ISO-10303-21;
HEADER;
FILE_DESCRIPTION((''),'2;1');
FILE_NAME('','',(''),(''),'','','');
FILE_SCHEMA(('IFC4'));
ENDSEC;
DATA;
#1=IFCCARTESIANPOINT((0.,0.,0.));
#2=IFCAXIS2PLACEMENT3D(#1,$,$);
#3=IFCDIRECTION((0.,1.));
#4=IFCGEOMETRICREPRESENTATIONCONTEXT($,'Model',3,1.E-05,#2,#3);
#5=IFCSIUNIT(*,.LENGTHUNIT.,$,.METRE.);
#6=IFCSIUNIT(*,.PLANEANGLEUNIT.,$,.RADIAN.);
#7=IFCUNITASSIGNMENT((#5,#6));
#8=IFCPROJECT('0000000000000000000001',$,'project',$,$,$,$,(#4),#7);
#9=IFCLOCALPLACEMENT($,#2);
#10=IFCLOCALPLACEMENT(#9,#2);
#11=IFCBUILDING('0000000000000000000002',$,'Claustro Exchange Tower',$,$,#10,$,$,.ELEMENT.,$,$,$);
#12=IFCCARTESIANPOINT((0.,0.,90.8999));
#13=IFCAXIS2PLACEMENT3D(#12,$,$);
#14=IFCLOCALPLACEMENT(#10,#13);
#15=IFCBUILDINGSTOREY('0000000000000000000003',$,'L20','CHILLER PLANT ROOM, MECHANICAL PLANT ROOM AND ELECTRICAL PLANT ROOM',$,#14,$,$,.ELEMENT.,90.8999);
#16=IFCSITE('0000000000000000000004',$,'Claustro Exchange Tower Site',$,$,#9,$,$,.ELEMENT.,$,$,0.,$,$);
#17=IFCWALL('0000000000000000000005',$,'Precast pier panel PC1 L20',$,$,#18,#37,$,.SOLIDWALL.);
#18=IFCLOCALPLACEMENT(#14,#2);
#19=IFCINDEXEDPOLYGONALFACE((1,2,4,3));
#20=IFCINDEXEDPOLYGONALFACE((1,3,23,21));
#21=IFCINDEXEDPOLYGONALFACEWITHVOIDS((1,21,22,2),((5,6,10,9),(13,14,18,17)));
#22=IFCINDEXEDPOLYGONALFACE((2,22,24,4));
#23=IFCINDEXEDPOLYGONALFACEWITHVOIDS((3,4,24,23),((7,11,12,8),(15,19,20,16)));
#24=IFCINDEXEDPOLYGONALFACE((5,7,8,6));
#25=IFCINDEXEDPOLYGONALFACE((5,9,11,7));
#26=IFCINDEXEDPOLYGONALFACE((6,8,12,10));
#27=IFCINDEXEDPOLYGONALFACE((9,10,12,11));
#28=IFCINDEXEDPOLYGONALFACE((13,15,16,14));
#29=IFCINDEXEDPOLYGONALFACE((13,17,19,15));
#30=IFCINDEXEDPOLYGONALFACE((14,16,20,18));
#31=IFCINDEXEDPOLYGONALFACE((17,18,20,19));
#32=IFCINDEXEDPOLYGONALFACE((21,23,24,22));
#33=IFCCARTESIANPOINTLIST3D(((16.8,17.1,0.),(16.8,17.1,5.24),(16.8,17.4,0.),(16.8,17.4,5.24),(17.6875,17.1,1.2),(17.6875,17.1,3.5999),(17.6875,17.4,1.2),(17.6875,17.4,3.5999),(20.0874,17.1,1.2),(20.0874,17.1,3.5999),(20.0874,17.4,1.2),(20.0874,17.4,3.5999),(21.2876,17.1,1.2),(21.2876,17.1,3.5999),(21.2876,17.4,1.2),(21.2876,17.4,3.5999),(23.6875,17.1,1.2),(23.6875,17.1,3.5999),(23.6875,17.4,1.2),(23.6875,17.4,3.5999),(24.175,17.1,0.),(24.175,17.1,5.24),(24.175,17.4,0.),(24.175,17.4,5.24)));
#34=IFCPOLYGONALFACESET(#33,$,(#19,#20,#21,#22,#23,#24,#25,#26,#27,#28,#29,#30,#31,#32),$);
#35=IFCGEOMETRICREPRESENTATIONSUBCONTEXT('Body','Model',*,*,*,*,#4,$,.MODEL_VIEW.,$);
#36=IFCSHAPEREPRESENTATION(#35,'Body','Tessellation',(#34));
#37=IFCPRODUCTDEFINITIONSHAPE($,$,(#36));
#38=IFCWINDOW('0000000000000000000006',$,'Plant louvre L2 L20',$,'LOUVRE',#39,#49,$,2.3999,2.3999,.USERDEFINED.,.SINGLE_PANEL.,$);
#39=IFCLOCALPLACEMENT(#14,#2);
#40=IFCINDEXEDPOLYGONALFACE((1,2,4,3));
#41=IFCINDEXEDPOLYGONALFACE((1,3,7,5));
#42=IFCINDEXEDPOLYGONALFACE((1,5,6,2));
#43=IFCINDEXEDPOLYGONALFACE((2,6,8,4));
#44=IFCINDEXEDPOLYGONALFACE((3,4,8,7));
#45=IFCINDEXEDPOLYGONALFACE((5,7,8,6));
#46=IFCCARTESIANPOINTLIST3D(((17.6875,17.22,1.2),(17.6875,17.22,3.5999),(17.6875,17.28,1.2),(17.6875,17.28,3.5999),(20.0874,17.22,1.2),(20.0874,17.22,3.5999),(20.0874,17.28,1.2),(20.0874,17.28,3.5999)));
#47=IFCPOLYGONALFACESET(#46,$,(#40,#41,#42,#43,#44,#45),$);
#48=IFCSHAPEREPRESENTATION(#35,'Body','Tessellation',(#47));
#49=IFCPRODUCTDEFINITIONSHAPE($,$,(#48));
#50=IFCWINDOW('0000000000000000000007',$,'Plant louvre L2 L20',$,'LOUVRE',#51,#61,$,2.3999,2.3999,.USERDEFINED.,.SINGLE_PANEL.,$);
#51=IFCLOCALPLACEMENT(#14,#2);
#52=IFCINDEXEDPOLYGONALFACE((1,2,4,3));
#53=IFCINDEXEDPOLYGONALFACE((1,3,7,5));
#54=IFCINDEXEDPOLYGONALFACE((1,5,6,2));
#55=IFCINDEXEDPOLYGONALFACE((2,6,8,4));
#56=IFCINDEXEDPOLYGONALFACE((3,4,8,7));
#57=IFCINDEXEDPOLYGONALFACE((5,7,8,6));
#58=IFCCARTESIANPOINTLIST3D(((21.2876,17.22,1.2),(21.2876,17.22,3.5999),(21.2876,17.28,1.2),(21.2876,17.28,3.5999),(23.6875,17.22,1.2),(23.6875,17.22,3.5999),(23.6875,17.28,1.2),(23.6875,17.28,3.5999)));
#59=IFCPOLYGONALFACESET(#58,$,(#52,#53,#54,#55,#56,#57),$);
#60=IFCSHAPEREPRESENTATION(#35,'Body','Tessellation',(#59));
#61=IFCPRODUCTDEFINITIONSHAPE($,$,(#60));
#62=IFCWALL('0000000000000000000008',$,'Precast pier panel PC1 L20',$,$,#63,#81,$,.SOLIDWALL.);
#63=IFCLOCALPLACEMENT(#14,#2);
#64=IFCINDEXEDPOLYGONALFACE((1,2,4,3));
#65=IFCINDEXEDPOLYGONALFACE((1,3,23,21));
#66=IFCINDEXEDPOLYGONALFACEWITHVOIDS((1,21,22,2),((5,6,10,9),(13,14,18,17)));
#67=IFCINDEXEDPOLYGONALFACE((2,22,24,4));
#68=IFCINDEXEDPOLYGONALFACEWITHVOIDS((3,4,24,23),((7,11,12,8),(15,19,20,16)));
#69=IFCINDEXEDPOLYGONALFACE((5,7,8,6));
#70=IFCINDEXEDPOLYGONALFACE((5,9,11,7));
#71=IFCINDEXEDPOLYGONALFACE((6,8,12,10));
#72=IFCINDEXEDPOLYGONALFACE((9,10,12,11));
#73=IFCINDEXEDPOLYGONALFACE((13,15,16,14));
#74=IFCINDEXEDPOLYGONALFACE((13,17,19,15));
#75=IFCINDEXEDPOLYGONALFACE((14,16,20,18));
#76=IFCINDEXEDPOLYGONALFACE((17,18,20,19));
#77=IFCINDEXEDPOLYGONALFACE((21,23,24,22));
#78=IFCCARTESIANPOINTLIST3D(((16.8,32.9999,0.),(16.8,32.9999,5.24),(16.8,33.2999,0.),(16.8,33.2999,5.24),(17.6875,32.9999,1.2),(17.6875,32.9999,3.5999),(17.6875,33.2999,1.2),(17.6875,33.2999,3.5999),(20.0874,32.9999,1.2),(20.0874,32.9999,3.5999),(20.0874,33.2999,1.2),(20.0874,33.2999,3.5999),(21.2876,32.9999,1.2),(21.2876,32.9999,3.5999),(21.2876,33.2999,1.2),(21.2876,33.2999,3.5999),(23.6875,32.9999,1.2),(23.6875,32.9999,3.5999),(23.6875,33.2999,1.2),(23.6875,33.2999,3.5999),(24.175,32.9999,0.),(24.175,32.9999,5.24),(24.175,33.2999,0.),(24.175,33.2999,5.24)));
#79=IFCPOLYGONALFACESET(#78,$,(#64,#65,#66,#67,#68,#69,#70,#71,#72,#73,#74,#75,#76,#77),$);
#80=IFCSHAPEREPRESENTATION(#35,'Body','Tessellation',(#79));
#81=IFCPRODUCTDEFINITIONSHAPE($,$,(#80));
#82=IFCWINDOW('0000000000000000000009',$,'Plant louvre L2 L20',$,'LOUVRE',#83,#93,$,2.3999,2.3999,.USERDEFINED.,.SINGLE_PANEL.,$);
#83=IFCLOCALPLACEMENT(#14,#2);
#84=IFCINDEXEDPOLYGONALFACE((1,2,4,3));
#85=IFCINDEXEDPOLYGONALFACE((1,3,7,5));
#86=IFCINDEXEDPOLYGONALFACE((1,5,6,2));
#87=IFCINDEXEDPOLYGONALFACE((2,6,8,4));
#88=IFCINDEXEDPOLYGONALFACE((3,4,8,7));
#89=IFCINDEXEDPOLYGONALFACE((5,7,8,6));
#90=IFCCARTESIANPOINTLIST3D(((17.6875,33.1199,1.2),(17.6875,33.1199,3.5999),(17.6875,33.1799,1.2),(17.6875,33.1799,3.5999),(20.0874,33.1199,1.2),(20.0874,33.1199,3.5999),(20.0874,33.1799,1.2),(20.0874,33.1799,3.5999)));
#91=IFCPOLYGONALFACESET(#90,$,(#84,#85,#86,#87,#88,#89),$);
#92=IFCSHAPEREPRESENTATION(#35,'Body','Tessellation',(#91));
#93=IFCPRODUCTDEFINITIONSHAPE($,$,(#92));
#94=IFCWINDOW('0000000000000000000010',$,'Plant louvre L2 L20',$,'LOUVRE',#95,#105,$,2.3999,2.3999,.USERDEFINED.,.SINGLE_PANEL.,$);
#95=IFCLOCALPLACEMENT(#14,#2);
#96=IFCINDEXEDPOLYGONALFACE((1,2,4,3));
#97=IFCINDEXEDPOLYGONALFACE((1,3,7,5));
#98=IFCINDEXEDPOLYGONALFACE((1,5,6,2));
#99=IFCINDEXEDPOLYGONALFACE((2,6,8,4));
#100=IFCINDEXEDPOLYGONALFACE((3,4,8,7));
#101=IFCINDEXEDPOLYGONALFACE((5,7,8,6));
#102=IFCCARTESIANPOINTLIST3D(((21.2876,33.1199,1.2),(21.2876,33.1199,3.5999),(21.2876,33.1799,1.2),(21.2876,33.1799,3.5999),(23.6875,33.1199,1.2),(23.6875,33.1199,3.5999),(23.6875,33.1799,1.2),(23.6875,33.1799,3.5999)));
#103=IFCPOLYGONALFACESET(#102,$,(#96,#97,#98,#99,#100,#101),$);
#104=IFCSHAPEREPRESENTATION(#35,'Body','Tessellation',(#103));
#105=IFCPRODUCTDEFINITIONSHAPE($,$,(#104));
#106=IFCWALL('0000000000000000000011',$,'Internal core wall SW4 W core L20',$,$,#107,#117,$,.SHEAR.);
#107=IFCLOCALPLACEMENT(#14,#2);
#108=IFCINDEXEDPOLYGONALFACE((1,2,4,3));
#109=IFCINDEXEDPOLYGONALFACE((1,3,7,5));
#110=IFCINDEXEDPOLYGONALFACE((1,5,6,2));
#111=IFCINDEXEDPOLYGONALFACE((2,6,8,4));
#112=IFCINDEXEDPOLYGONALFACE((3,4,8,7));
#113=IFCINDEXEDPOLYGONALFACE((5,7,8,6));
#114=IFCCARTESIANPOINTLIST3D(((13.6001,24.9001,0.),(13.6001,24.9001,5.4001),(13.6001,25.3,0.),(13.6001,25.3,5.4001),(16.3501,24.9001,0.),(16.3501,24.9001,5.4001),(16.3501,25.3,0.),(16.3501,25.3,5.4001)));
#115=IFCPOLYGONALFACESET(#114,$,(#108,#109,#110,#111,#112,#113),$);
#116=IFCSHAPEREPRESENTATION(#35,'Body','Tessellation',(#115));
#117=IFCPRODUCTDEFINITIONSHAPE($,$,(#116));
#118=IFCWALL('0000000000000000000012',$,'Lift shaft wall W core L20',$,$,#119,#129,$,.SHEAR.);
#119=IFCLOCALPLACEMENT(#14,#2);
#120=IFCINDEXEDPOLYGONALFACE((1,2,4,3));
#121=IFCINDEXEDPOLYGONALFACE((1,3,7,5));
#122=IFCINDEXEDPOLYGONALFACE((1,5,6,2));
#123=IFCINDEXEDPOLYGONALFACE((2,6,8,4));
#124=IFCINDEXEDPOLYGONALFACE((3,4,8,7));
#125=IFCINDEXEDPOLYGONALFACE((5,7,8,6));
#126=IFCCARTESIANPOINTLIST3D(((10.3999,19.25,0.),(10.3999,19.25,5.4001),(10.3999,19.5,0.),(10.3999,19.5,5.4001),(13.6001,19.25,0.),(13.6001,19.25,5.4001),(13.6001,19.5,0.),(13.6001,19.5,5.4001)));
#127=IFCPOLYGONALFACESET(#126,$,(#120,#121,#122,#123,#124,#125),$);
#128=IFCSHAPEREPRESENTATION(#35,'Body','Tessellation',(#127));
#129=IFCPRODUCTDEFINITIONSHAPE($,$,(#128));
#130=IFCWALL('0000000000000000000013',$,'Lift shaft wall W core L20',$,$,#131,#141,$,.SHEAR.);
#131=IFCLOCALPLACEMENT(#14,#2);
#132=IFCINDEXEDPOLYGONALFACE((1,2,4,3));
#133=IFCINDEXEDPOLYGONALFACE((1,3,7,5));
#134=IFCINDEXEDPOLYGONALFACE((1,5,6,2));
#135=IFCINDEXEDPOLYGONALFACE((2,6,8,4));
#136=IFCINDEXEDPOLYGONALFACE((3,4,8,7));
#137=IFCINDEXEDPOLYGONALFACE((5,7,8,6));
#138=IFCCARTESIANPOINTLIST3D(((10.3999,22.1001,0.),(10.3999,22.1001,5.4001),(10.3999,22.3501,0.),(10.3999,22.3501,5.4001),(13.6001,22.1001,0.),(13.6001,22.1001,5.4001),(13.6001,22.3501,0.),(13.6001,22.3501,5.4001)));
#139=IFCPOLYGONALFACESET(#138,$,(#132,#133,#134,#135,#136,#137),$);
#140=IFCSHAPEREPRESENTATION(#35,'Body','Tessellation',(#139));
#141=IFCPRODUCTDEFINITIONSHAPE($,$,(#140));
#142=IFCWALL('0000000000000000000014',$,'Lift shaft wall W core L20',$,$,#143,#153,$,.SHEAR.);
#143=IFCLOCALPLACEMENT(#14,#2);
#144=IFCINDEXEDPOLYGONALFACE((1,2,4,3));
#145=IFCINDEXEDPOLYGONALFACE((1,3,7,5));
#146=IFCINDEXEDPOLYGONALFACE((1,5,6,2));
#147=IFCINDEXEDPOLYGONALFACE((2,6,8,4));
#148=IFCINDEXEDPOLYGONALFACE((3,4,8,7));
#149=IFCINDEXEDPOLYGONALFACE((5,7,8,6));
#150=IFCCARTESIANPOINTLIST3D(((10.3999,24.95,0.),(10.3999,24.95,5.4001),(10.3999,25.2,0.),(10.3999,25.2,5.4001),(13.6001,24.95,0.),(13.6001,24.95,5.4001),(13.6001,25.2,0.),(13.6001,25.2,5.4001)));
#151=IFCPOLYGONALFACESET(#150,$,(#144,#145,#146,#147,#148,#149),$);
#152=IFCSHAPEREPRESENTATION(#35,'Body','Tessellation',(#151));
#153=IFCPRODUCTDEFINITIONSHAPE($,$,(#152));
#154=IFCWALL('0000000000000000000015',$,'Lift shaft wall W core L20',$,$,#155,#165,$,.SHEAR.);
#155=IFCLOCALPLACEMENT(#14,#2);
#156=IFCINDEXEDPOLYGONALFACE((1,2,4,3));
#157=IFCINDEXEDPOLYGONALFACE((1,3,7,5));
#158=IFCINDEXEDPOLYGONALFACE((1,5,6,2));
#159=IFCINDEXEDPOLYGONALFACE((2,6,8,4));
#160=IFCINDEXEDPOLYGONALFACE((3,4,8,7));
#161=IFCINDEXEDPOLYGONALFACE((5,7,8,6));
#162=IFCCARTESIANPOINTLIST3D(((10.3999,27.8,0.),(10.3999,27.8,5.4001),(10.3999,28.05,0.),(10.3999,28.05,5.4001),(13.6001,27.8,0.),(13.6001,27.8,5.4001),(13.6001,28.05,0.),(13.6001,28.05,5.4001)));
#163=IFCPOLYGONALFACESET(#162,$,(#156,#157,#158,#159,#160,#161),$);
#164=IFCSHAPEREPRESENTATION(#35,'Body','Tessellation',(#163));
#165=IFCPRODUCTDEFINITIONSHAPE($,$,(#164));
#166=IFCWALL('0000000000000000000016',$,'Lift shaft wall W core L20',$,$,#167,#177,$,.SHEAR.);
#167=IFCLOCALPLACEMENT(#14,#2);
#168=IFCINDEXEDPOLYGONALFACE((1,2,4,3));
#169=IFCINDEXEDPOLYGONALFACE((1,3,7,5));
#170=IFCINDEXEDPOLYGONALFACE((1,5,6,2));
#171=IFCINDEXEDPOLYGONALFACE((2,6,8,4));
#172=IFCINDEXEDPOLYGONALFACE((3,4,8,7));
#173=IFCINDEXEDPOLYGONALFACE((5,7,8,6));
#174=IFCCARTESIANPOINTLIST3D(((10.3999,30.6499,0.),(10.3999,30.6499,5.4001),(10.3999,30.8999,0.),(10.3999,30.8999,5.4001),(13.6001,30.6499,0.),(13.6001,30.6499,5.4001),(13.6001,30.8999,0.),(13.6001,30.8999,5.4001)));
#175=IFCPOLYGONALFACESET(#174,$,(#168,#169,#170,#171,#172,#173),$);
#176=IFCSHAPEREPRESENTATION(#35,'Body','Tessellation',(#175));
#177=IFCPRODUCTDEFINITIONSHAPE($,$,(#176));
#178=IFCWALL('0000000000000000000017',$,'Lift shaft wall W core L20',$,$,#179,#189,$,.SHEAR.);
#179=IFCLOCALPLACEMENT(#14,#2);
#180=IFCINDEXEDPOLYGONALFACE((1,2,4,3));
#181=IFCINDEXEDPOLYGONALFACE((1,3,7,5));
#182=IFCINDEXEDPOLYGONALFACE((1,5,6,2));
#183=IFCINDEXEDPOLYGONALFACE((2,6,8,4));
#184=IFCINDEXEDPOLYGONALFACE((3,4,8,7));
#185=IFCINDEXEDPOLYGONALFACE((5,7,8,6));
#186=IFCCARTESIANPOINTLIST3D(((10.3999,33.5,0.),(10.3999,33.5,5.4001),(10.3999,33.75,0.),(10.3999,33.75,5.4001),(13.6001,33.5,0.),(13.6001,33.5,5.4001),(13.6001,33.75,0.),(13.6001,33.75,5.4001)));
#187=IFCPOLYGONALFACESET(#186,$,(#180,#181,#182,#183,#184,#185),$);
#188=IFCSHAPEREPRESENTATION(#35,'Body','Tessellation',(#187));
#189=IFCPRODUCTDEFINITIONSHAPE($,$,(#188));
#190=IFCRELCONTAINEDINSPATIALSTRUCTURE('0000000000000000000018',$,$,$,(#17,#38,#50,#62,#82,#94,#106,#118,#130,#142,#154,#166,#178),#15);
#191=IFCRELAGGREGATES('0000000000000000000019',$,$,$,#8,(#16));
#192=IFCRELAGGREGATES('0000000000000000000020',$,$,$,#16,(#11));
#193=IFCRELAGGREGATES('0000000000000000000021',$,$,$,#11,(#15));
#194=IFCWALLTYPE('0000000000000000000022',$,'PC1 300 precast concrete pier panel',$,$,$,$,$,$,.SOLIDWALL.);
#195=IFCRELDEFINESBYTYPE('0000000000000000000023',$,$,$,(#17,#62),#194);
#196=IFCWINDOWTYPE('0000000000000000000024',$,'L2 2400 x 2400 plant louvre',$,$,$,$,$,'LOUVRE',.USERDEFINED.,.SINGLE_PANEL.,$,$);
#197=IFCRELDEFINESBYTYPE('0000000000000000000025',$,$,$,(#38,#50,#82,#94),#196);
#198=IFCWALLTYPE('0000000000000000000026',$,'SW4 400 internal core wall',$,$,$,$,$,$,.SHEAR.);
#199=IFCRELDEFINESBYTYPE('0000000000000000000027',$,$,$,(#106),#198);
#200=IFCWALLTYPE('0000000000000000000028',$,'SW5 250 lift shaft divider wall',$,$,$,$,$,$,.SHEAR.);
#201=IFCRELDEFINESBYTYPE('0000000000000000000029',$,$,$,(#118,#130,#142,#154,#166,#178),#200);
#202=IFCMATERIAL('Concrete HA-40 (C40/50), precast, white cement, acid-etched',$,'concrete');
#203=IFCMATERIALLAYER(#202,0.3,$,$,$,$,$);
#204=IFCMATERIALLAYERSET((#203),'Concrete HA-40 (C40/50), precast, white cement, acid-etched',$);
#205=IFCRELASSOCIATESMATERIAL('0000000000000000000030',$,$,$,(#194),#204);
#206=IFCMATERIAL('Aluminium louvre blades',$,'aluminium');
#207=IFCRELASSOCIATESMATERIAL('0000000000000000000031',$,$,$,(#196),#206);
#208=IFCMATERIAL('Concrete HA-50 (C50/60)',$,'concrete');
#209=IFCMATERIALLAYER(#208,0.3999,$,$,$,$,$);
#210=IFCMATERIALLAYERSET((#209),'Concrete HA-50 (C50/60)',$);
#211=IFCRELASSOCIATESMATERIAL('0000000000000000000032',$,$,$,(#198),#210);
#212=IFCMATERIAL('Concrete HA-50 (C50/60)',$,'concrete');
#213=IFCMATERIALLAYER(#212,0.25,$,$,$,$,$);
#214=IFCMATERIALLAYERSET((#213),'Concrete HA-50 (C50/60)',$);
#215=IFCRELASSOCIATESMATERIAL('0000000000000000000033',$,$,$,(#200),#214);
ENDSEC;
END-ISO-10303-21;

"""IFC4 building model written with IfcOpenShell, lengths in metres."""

from ifc_helpers import new_model, si_unit, direction, frame, frame_2d, origin, place, context, subcontext, project, spatial, rectangle, extrude, material, layer, layer_set, type_object, element, fill, save


model = new_model("IFC4")

# Units and contexts
model_context = context("Model", 3, precision=1e-05, world=origin(), true_north=direction((0.0, 1.0)))
body_context = subcontext(model_context, "Body", "Model", "MODEL_VIEW")
ifc_project = project(units=[si_unit("LENGTHUNIT", "METRE"), si_unit("PLANEANGLEUNIT", "RADIAN")], contexts=[model_context])

# Site, building, storey
site_placement = place(None, origin())
site = spatial("IfcSite", under=ifc_project, at=site_placement, Name="Claustro Exchange Tower Site", CompositionType="ELEMENT", RefElevation=0.0)
building_placement = place(site_placement, origin())
building = spatial("IfcBuilding", under=site, at=building_placement, Name="Claustro Exchange Tower", CompositionType="ELEMENT")
storey_placement = place(building_placement, frame((0.0, 0.0, 90.8999)))
storey = spatial("IfcBuildingStorey", under=building, at=storey_placement, Name="L20", Description="CHILLER PLANT ROOM, MECHANICAL PLANT ROOM AND ELECTRICAL PLANT ROOM", CompositionType="ELEMENT", Elevation=90.8999)

# Walls, openings, windows
ifc_material_1 = material(Name="Concrete HA-40 (C40/50), precast, white cement, acid-etched", Category="concrete")
ifc_layer_1 = layer(ifc_material_1, 0.3)
ifc_layer_set_1 = layer_set([ifc_layer_1], Name="Concrete HA-40 (C40/50), precast, white cement, acid-etched")
wall_type_1 = type_object("IfcWallType", Name="PC1 300 precast concrete pier panel", PredefinedType="SOLIDWALL", material=ifc_layer_set_1)
wall_1_placement = place(storey_placement, frame((16.8, 17.25, 0.0), z_axis=(0.0, 0.0, 1.0), x_axis=(1.0, 0.0, 0.0)))
wall_1 = element("IfcWall", 1, at=wall_1_placement, inside=storey, type_object=wall_type_1, Name="Precast pier panel PC1 L20", PredefinedType="SOLIDWALL", context=body_context, shape_type="SweptSolid", body=[
    extrude(rectangle(XDim=7.375, YDim=0.3, at=frame_2d((3.6875, 0.0))), origin(), (0.0, 0.0, 1.0), 5.24),
])
opening_1_placement = place(wall_1_placement, frame((0.8875, 0.0, 1.2)))
opening_1 = element("IfcOpeningElement", 2, at=opening_1_placement, cuts=wall_1, PredefinedType="OPENING", context=body_context, shape_type="SweptSolid", body=[
    extrude(rectangle(XDim=2.3999, YDim=2.3999, at=frame_2d((1.2, 1.2))), frame((0.0, 0.1599, 0.0), z_axis=(0.0, -1.0, 0.0), x_axis=(1.0, 0.0, 0.0)), (0.0, 0.0, 1.0), 0.3201),
])
opening_2_placement = place(wall_1_placement, frame((4.4875, 0.0, 1.2)))
opening_2 = element("IfcOpeningElement", 3, at=opening_2_placement, cuts=wall_1, PredefinedType="OPENING", context=body_context, shape_type="SweptSolid", body=[
    extrude(rectangle(XDim=2.3999, YDim=2.3999, at=frame_2d((1.2, 1.2))), frame((0.0, 0.1599, 0.0), z_axis=(0.0, -1.0, 0.0), x_axis=(1.0, 0.0, 0.0)), (0.0, 0.0, 1.0), 0.3201),
])
ifc_material_2 = material(Name="Aluminium louvre blades", Category="aluminium")
window_type = type_object("IfcWindowType", Name="L2 2400 x 2400 plant louvre", ElementType="LOUVRE", PartitioningType="SINGLE_PANEL", PredefinedType="USERDEFINED", material=ifc_material_2)
window_1_placement = place(opening_1_placement, origin())
window_1 = element("IfcWindow", 4, at=window_1_placement, inside=storey, type_object=window_type, Name="Plant louvre L2 L20", ObjectType="LOUVRE", OverallHeight=2.3999, OverallWidth=2.3999, PartitioningType="SINGLE_PANEL", PredefinedType="USERDEFINED", context=body_context, shape_type="SweptSolid", body=[
    extrude(rectangle(XDim=2.3999, YDim=2.3999, at=frame_2d((1.2, 1.2))), frame((0.0, 0.03, 0.0), z_axis=(0.0, -1.0, 0.0), x_axis=(1.0, 0.0, 0.0)), (0.0, 0.0, 1.0), 0.0601),
])
fill(opening_1, window_1)
window_2_placement = place(opening_2_placement, origin())
window_2 = element("IfcWindow", 5, at=window_2_placement, inside=storey, type_object=window_type, Name="Plant louvre L2 L20", ObjectType="LOUVRE", OverallHeight=2.3999, OverallWidth=2.3999, PartitioningType="SINGLE_PANEL", PredefinedType="USERDEFINED", context=body_context, shape_type="SweptSolid", body=[
    extrude(rectangle(XDim=2.3999, YDim=2.3999, at=frame_2d((1.2, 1.2))), frame((0.0, 0.03, 0.0), z_axis=(0.0, -1.0, 0.0), x_axis=(1.0, 0.0, 0.0)), (0.0, 0.0, 1.0), 0.0601),
])
fill(opening_2, window_2)
wall_2_placement = place(storey_placement, frame((16.8, 33.1499, 0.0), z_axis=(0.0, 0.0, 1.0), x_axis=(1.0, 0.0, 0.0)))
wall_2 = element("IfcWall", 6, at=wall_2_placement, inside=storey, type_object=wall_type_1, Name="Precast pier panel PC1 L20", PredefinedType="SOLIDWALL", context=body_context, shape_type="SweptSolid", body=[
    extrude(rectangle(XDim=7.375, YDim=0.3, at=frame_2d((3.6875, 0.0))), origin(), (0.0, 0.0, 1.0), 5.24),
])
opening_3_placement = place(wall_2_placement, frame((0.8875, 0.0, 1.2)))
opening_3 = element("IfcOpeningElement", 7, at=opening_3_placement, cuts=wall_2, PredefinedType="OPENING", context=body_context, shape_type="SweptSolid", body=[
    extrude(rectangle(XDim=2.3999, YDim=2.3999, at=frame_2d((1.2, 1.2))), frame((0.0, 0.1599, 0.0), z_axis=(0.0, -1.0, 0.0), x_axis=(1.0, 0.0, 0.0)), (0.0, 0.0, 1.0), 0.3201),
])
opening_4_placement = place(wall_2_placement, frame((4.4875, 0.0, 1.2)))
opening_4 = element("IfcOpeningElement", 8, at=opening_4_placement, cuts=wall_2, PredefinedType="OPENING", context=body_context, shape_type="SweptSolid", body=[
    extrude(rectangle(XDim=2.3999, YDim=2.3999, at=frame_2d((1.2, 1.2))), frame((0.0, 0.1599, 0.0), z_axis=(0.0, -1.0, 0.0), x_axis=(1.0, 0.0, 0.0)), (0.0, 0.0, 1.0), 0.3201),
])
window_3_placement = place(opening_3_placement, origin())
window_3 = element("IfcWindow", 9, at=window_3_placement, inside=storey, type_object=window_type, Name="Plant louvre L2 L20", ObjectType="LOUVRE", OverallHeight=2.3999, OverallWidth=2.3999, PartitioningType="SINGLE_PANEL", PredefinedType="USERDEFINED", context=body_context, shape_type="SweptSolid", body=[
    extrude(rectangle(XDim=2.3999, YDim=2.3999, at=frame_2d((1.2, 1.2))), frame((0.0, 0.03, 0.0), z_axis=(0.0, -1.0, 0.0), x_axis=(1.0, 0.0, 0.0)), (0.0, 0.0, 1.0), 0.0601),
])
fill(opening_3, window_3)
window_4_placement = place(opening_4_placement, origin())
window_4 = element("IfcWindow", 10, at=window_4_placement, inside=storey, type_object=window_type, Name="Plant louvre L2 L20", ObjectType="LOUVRE", OverallHeight=2.3999, OverallWidth=2.3999, PartitioningType="SINGLE_PANEL", PredefinedType="USERDEFINED", context=body_context, shape_type="SweptSolid", body=[
    extrude(rectangle(XDim=2.3999, YDim=2.3999, at=frame_2d((1.2, 1.2))), frame((0.0, 0.03, 0.0), z_axis=(0.0, -1.0, 0.0), x_axis=(1.0, 0.0, 0.0)), (0.0, 0.0, 1.0), 0.0601),
])
fill(opening_4, window_4)

# Walls
ifc_material_3 = material(Name="Concrete HA-50 (C50/60)", Category="concrete")
ifc_layer_2 = layer(ifc_material_3, 0.3999)
ifc_layer_set_2 = layer_set([ifc_layer_2], Name="Concrete HA-50 (C50/60)")
wall_type_2 = type_object("IfcWallType", Name="SW4 400 internal core wall", PredefinedType="SHEAR", material=ifc_layer_set_2)
wall_3_placement = place(storey_placement, frame((13.6001, 25.1001, 0.0), z_axis=(0.0, 0.0, 1.0), x_axis=(1.0, 0.0, 0.0)))
element("IfcWall", 11, at=wall_3_placement, inside=storey, type_object=wall_type_2, Name="Internal core wall SW4 W core L20", PredefinedType="SHEAR", context=body_context, shape_type="SweptSolid", body=[
    extrude(rectangle(XDim=2.75, YDim=0.3999, at=frame_2d((1.375, 0.0))), origin(), (0.0, 0.0, 1.0), 5.4001),
])
ifc_material_4 = material(Name="Concrete HA-50 (C50/60)", Category="concrete")
ifc_layer_3 = layer(ifc_material_4, 0.25)
ifc_layer_set_3 = layer_set([ifc_layer_3], Name="Concrete HA-50 (C50/60)")
wall_type_3 = type_object("IfcWallType", Name="SW5 250 lift shaft divider wall", PredefinedType="SHEAR", material=ifc_layer_set_3)
for number, where, z_axis, x_axis, name in (
    (12, (10.3999, 19.375, 0.0), (0.0, 0.0, 1.0), (1.0, 0.0, 0.0), "Lift shaft wall W core L20"),
    (13, (10.3999, 22.2251, 0.0), (0.0, 0.0, 1.0), (1.0, 0.0, 0.0), "Lift shaft wall W core L20"),
    (14, (10.3999, 25.075, 0.0), (0.0, 0.0, 1.0), (1.0, 0.0, 0.0), "Lift shaft wall W core L20"),
    (15, (10.3999, 27.925, 0.0), (0.0, 0.0, 1.0), (1.0, 0.0, 0.0), "Lift shaft wall W core L20"),
    (16, (10.3999, 30.7749, 0.0), (0.0, 0.0, 1.0), (1.0, 0.0, 0.0), "Lift shaft wall W core L20"),
    (17, (10.3999, 33.625, 0.0), (0.0, 0.0, 1.0), (1.0, 0.0, 0.0), "Lift shaft wall W core L20"),
):
    element("IfcWall", number, at=place(storey_placement, frame(where, z_axis=z_axis, x_axis=x_axis)), inside=storey, type_object=wall_type_3, Name=name, PredefinedType="SHEAR", context=body_context, shape_type="SweptSolid", body=[
        extrude(rectangle(XDim=3.2002, YDim=0.25, at=frame_2d((1.6001, 0.0))), origin(), (0.0, 0.0, 1.0), 5.4001),
    ])

save(model, "model.ifc")
